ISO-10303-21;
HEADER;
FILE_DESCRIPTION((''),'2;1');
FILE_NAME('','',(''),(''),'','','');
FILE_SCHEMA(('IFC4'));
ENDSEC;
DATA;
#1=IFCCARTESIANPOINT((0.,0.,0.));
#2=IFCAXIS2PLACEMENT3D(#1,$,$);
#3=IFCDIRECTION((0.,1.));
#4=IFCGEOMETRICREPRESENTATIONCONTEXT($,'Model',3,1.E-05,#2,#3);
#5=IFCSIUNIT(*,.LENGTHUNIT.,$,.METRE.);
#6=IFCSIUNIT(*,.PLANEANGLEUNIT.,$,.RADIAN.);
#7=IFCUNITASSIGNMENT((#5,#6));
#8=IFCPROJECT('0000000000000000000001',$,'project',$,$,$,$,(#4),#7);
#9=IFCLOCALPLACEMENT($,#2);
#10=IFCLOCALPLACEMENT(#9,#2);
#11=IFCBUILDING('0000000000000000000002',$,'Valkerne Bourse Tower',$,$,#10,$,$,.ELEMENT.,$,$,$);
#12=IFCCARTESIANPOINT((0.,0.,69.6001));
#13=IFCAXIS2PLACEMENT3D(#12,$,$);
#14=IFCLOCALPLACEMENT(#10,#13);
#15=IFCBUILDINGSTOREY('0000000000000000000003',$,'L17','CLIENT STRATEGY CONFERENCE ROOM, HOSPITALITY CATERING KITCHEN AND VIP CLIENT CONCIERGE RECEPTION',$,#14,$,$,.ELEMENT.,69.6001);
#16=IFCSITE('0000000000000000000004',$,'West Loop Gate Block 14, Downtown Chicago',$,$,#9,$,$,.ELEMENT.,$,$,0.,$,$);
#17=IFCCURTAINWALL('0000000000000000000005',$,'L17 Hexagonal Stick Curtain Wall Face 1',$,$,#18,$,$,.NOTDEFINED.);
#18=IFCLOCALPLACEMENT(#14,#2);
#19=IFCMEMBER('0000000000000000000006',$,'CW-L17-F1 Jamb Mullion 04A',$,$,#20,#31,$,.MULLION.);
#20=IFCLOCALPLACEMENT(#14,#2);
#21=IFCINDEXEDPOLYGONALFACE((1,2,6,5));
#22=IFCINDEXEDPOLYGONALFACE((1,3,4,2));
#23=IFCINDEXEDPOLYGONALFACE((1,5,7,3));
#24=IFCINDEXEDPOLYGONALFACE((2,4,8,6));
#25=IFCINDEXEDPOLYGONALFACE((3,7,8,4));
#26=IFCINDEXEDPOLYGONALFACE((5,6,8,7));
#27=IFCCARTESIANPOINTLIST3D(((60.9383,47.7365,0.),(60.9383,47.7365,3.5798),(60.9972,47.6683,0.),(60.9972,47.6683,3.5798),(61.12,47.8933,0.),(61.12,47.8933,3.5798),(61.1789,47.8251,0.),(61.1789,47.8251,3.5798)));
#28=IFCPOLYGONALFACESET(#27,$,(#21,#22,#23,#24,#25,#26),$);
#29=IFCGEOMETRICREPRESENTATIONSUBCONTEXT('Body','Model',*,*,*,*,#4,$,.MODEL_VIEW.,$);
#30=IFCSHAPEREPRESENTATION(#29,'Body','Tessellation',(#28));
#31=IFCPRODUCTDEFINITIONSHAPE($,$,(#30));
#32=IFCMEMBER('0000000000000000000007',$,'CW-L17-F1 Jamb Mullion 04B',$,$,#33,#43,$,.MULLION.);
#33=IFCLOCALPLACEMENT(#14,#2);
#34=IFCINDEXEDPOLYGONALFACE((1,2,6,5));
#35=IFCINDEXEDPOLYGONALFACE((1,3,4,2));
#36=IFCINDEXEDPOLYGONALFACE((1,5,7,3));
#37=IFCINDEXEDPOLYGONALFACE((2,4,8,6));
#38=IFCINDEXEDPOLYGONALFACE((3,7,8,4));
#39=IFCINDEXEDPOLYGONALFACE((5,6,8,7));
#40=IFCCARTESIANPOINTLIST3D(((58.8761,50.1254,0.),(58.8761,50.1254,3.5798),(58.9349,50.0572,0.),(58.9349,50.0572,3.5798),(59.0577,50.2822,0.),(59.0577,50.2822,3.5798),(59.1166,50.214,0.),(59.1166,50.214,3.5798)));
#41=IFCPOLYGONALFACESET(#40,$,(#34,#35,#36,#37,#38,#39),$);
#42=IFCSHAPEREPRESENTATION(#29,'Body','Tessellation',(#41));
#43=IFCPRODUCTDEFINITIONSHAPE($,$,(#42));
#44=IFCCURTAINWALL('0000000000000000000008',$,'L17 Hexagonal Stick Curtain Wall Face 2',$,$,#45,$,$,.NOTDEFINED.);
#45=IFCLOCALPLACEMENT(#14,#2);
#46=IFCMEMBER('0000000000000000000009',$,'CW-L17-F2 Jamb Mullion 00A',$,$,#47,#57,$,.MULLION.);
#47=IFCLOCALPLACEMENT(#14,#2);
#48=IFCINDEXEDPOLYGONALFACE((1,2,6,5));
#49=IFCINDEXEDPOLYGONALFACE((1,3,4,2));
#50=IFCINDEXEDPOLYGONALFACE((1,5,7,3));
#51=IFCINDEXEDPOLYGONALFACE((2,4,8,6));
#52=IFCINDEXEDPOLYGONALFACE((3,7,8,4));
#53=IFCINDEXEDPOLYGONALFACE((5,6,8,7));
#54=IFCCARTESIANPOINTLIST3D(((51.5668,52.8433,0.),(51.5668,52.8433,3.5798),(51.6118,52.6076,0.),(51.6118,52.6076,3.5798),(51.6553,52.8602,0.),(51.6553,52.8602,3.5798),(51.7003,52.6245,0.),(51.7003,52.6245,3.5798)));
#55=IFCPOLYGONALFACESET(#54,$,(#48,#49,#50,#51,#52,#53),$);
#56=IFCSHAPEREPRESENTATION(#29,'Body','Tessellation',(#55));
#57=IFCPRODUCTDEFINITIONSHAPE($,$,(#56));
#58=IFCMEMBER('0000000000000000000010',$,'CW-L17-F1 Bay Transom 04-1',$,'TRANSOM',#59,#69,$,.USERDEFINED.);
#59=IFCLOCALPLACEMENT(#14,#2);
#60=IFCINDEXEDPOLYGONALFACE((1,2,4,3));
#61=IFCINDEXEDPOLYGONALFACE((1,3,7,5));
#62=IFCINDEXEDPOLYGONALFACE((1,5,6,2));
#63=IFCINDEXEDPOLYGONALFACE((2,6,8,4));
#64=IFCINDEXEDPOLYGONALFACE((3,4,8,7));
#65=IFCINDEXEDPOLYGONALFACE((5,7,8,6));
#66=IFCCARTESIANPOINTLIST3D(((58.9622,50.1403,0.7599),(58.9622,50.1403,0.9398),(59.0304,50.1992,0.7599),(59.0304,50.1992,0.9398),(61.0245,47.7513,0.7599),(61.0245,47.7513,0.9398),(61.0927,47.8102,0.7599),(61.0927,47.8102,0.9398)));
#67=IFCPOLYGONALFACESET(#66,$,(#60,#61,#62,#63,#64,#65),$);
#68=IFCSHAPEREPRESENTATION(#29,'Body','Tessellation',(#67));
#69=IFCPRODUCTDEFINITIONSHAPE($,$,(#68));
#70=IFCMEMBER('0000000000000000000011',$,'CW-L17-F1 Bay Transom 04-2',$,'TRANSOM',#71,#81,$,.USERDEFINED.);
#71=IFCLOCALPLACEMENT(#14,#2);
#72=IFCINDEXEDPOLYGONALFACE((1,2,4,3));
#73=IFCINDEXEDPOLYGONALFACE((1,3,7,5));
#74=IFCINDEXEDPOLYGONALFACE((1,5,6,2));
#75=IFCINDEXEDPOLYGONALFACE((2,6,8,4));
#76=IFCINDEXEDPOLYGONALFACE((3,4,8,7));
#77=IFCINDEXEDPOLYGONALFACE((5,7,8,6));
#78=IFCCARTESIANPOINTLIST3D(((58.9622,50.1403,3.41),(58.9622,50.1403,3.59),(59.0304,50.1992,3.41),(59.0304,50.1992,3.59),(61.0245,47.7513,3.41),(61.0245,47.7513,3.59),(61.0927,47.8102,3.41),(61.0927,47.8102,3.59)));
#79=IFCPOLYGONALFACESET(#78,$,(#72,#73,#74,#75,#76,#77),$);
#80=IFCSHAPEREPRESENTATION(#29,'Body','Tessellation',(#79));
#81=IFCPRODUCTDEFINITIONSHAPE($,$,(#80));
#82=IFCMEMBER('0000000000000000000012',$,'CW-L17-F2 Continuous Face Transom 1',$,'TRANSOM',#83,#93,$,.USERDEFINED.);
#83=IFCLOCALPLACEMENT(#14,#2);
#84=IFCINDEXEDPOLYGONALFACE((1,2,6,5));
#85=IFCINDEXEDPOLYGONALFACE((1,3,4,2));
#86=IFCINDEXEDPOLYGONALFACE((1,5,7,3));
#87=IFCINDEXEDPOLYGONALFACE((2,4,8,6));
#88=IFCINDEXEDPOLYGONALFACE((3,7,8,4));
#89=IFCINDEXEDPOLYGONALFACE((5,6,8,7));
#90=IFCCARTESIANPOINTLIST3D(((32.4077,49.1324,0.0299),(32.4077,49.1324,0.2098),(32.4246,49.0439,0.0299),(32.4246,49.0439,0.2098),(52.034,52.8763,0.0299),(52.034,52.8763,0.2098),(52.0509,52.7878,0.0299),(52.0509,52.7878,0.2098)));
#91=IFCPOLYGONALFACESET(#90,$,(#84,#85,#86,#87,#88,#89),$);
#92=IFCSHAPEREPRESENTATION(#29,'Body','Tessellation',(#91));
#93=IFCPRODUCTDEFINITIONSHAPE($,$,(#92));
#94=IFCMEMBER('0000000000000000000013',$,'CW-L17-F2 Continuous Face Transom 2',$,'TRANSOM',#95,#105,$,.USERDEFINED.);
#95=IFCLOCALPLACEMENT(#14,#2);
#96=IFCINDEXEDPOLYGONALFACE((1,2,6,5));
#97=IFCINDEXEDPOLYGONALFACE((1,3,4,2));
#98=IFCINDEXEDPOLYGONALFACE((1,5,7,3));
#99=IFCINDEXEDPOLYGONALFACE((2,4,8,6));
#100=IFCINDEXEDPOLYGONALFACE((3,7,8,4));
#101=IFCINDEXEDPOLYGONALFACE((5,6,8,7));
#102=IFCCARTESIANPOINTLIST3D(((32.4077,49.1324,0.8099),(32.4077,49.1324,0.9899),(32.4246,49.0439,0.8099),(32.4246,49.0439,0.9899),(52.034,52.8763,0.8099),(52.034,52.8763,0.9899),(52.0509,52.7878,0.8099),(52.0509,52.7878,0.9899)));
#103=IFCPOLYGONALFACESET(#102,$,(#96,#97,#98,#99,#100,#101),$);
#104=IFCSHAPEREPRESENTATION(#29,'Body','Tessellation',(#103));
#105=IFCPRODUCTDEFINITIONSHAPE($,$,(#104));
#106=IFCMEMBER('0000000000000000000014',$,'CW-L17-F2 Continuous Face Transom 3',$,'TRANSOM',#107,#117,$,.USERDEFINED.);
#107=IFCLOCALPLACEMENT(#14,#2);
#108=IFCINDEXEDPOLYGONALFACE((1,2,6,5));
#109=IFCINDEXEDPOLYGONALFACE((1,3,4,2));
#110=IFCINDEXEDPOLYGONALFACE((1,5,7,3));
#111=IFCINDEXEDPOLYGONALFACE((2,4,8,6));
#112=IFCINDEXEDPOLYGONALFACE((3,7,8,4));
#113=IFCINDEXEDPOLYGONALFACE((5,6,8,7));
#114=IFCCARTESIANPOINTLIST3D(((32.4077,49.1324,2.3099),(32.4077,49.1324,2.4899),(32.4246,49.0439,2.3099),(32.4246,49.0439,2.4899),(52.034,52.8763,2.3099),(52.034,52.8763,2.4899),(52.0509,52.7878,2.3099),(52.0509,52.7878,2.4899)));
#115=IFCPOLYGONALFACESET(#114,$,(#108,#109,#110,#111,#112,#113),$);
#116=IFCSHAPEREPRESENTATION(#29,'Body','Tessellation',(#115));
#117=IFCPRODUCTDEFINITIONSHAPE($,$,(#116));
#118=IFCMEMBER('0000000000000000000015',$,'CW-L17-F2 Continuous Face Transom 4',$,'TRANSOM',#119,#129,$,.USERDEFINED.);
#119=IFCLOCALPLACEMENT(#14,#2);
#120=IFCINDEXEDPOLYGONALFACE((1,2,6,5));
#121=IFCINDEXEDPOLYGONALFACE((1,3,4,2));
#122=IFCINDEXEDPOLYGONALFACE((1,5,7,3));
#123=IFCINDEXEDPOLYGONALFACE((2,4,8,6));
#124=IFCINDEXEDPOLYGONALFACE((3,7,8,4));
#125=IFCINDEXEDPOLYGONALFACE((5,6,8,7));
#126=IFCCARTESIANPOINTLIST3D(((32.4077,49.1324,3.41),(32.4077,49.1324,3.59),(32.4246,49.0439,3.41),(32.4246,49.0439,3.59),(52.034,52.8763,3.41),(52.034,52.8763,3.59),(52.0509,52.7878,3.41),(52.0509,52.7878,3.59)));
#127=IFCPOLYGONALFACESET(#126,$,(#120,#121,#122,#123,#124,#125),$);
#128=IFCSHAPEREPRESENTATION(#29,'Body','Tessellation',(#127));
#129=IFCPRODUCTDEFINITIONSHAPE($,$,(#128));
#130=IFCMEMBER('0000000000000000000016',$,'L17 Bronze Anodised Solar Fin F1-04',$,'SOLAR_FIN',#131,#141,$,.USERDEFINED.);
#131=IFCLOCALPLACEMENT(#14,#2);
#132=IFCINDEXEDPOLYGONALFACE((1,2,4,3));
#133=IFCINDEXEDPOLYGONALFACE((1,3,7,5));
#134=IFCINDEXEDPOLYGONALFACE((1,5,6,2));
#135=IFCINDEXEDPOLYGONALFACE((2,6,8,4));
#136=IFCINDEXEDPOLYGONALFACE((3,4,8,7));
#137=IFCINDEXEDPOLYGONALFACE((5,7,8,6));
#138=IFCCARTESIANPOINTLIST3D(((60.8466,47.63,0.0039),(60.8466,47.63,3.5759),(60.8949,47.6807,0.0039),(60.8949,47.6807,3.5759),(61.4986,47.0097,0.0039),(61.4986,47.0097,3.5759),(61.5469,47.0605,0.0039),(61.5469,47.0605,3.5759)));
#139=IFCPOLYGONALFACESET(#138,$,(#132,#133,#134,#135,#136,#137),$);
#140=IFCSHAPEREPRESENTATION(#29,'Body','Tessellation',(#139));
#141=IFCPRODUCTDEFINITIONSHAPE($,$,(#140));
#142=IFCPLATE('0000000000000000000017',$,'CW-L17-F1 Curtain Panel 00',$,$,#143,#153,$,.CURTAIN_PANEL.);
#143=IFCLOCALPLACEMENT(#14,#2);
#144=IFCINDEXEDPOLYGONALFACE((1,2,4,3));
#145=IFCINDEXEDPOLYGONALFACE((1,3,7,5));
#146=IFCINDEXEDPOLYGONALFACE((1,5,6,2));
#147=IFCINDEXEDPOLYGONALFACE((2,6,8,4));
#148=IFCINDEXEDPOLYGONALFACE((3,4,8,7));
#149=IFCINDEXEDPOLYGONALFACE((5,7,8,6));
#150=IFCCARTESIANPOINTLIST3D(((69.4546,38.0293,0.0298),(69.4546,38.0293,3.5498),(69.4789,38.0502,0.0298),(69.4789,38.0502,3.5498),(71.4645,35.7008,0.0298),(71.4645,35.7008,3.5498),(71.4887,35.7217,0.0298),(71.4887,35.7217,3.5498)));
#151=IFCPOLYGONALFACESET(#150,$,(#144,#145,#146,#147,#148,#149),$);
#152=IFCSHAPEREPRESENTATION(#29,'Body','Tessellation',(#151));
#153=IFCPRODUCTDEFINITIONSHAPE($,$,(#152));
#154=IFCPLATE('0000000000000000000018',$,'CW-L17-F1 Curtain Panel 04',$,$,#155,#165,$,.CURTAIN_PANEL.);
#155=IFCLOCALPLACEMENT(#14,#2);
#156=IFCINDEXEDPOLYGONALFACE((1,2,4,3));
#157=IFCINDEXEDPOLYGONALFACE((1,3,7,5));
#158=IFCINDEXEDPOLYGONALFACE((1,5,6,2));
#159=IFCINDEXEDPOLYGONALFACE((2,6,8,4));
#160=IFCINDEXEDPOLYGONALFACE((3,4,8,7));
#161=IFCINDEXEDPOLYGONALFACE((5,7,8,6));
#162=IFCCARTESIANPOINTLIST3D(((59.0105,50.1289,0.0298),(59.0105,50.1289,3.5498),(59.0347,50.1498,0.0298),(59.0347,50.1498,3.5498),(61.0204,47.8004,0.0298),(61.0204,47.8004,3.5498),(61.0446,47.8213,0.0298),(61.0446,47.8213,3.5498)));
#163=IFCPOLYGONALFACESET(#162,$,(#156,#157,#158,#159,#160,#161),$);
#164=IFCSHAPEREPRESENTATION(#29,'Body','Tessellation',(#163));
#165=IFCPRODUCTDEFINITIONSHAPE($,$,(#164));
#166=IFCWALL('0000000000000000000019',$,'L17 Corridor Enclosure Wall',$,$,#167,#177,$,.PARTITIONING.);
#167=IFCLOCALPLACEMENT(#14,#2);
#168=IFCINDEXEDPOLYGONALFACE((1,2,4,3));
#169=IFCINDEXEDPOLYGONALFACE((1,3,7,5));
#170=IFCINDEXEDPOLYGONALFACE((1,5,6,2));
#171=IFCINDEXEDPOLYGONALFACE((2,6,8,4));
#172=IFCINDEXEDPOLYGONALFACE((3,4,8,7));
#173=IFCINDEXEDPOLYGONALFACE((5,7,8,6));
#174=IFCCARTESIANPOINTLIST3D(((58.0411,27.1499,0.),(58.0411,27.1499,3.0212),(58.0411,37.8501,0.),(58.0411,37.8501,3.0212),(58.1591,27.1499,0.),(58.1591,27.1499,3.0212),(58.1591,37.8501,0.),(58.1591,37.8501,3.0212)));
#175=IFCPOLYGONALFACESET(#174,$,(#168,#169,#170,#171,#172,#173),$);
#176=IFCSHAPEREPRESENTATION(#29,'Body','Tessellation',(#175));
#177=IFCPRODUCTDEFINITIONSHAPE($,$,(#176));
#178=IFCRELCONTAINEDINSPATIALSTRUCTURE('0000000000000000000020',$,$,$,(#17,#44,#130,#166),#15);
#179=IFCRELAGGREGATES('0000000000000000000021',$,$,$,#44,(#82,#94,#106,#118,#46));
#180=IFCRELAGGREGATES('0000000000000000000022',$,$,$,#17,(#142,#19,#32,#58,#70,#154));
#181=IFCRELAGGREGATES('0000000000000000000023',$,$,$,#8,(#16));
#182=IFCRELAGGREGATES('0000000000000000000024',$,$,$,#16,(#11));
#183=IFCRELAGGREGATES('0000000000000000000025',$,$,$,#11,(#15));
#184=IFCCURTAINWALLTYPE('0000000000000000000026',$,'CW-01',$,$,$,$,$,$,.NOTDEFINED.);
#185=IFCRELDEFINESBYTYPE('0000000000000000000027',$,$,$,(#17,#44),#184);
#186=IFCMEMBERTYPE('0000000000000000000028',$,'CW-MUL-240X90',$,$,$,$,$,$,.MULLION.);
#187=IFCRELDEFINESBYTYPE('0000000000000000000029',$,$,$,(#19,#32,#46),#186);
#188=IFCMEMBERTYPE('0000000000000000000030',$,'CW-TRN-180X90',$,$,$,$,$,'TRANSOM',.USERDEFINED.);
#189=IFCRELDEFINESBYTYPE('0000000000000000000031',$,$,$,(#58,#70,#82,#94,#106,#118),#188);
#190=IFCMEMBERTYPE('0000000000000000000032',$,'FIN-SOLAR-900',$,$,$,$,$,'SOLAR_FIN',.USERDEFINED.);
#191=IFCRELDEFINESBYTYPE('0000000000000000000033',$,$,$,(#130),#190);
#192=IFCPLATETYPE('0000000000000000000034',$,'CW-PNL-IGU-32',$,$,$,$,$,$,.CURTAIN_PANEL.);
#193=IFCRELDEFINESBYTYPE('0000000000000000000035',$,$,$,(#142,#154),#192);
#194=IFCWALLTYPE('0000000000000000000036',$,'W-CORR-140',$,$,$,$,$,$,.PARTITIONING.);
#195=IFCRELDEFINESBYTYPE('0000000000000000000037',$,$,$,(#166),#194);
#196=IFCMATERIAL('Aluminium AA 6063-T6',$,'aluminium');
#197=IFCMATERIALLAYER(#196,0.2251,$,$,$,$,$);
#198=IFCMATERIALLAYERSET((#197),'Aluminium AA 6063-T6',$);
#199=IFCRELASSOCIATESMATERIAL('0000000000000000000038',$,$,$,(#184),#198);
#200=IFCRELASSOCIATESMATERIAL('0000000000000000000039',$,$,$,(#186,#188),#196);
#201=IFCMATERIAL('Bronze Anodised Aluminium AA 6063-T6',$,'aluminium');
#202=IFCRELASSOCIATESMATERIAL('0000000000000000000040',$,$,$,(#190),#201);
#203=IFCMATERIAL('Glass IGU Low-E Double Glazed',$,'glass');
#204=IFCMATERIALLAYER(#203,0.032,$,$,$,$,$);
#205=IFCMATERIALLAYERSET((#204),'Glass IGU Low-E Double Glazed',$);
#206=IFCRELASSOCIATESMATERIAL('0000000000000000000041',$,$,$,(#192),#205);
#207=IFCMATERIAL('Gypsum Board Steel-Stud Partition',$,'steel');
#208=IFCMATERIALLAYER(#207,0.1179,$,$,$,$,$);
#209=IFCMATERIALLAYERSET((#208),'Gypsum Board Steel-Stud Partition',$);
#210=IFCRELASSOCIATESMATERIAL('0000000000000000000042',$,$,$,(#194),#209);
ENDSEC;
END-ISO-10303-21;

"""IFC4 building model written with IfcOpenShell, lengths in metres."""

from ifc_helpers import new_model, si_unit, direction, frame, frame_2d, origin, origin_2d, place, context, subcontext, project, spatial, rectangle, extrude, material, layer, layer_set, material_profile, profile_set, type_object, element, aggregate, save


model = new_model("IFC4")

# Units and contexts
model_context = context("Model", 3, precision=1e-05, world=origin(), true_north=direction((0.0, 1.0)))
body_context = subcontext(model_context, "Body", "Model", "MODEL_VIEW")
ifc_project = project(units=[si_unit("LENGTHUNIT", "METRE"), si_unit("PLANEANGLEUNIT", "RADIAN")], contexts=[model_context])

# Site, building, storey
site_placement = place(None, origin())
site = spatial("IfcSite", under=ifc_project, at=site_placement, Name="West Loop Gate Block 14, Downtown Chicago", CompositionType="ELEMENT", RefElevation=0.0)
building_placement = place(site_placement, origin())
building = spatial("IfcBuilding", under=site, at=building_placement, Name="Valkerne Bourse Tower", CompositionType="ELEMENT")
storey_placement = place(building_placement, frame((0.0, 0.0, 69.6001)))
storey = spatial("IfcBuildingStorey", under=building, at=storey_placement, Name="L17", Description="CLIENT STRATEGY CONFERENCE ROOM, HOSPITALITY CATERING KITCHEN AND VIP CLIENT CONCIERGE RECEPTION", CompositionType="ELEMENT", Elevation=69.6001)

# Curtain wall, members
ifc_material_1 = material(Name="Aluminium AA 6063-T6", Category="aluminium")
ifc_layer_1 = layer(ifc_material_1, 0.2251)
ifc_layer_set_1 = layer_set([ifc_layer_1], Name="Aluminium AA 6063-T6")
curtain_wall_type = type_object("IfcCurtainWallType", Name="CW-01", PredefinedType="NOTDEFINED", material=ifc_layer_set_1)
curtain_wall_1_placement = place(storey_placement, origin())
curtain_wall_1 = element("IfcCurtainWall", 1, at=curtain_wall_1_placement, inside=storey, type_object=curtain_wall_type, Name="L17 Hexagonal Stick Curtain Wall Face 1", PredefinedType="NOTDEFINED")
ifc_material_profile_1 = material_profile(ifc_material_1, rectangle(XDim=0.0901, YDim=0.24, at=origin_2d()), Name="CWM-90X240")
ifc_profile_set_1 = profile_set([ifc_material_profile_1], Name="Aluminium AA 6063-T6")
member_type_1 = type_object("IfcMemberType", Name="CW-MUL-240X90", PredefinedType="MULLION", material=ifc_profile_set_1)
member_1_placement = place(storey_placement, frame((61.0586, 47.7808, 0.0), z_axis=(0.0, 0.0, 1.0), x_axis=(-0.653432, 0.756986, 0.0)))
member_1 = element("IfcMember", 2, at=member_1_placement, type_object=member_type_1, Name="CW-L17-F1 Jamb Mullion 04A", PredefinedType="MULLION", context=body_context, shape_type="SweptSolid", body=[
    extrude(rectangle(XDim=0.0901, YDim=0.24, at=origin_2d()), origin(), (0.0, 0.0, 1.0), 3.5798),
])
member_2_placement = place(storey_placement, frame((58.9963, 50.1697, 0.0), z_axis=(0.0, 0.0, 1.0), x_axis=(-0.653432, 0.756986, 0.0)))
member_2 = element("IfcMember", 3, at=member_2_placement, type_object=member_type_1, Name="CW-L17-F1 Jamb Mullion 04B", PredefinedType="MULLION", context=body_context, shape_type="SweptSolid", body=[
    extrude(rectangle(XDim=0.0901, YDim=0.24, at=origin_2d()), origin(), (0.0, 0.0, 1.0), 3.5798),
])

# Curtain wall, member
curtain_wall_2_placement = place(storey_placement, origin())
curtain_wall_2 = element("IfcCurtainWall", 4, at=curtain_wall_2_placement, inside=storey, type_object=curtain_wall_type, Name="L17 Hexagonal Stick Curtain Wall Face 2", PredefinedType="NOTDEFINED")
member_3_placement = place(storey_placement, frame((51.6335, 52.7339, 0.0), z_axis=(0.0, 0.0, 1.0), x_axis=(-0.982287, -0.187383, 0.0)))
member_3 = element("IfcMember", 5, at=member_3_placement, type_object=member_type_1, Name="CW-L17-F2 Jamb Mullion 00A", PredefinedType="MULLION", context=body_context, shape_type="SweptSolid", body=[
    extrude(rectangle(XDim=0.0901, YDim=0.24, at=origin_2d()), origin(), (0.0, 0.0, 1.0), 3.5798),
])

# Members
ifc_material_profile_2 = material_profile(ifc_material_1, rectangle(XDim=0.0901, YDim=0.1799, at=origin_2d()), Name="CWT-90X180")
ifc_profile_set_2 = profile_set([ifc_material_profile_2], Name="Aluminium AA 6063-T6")
member_type_2 = type_object("IfcMemberType", Name="CW-TRN-180X90", ElementType="TRANSOM", PredefinedType="USERDEFINED", material=ifc_profile_set_2)
member_4_placement = place(storey_placement, frame((61.0586, 47.7808, 0.8499), z_axis=(-0.653457, 0.756964, 0.0), x_axis=(-0.756964, -0.653457, 0.0)))
member_4 = element("IfcMember", 6, at=member_4_placement, type_object=member_type_2, Name="CW-L17-F1 Bay Transom 04-1", ObjectType="TRANSOM", PredefinedType="USERDEFINED", context=body_context, shape_type="SweptSolid", body=[
    extrude(rectangle(XDim=0.0901, YDim=0.1799, at=origin_2d()), origin(), (0.0, 0.0, 1.0), 3.156),
])
member_5_placement = place(storey_placement, frame((61.0586, 47.7808, 3.5), z_axis=(-0.653457, 0.756964, 0.0), x_axis=(-0.756964, -0.653457, 0.0)))
member_5 = element("IfcMember", 7, at=member_5_placement, type_object=member_type_2, Name="CW-L17-F1 Bay Transom 04-2", ObjectType="TRANSOM", PredefinedType="USERDEFINED", context=body_context, shape_type="SweptSolid", body=[
    extrude(rectangle(XDim=0.0901, YDim=0.1799, at=origin_2d()), origin(), (0.0, 0.0, 1.0), 3.156),
])
member_6_placement = place(storey_placement, frame((52.0425, 52.832, 0.1199), z_axis=(-0.982287, -0.187381, 0.0), x_axis=(0.187381, -0.982287, 0.0)))
member_6 = element("IfcMember", 8, at=member_6_placement, type_object=member_type_2, Name="CW-L17-F2 Continuous Face Transom 1", ObjectType="TRANSOM", PredefinedType="USERDEFINED", context=body_context, shape_type="SweptSolid", body=[
    extrude(rectangle(XDim=0.0901, YDim=0.1799, at=origin_2d()), origin(), (0.0, 0.0, 1.0), 19.9802),
])
member_7_placement = place(storey_placement, frame((52.0425, 52.832, 0.8999), z_axis=(-0.982287, -0.187381, 0.0), x_axis=(0.187381, -0.982287, 0.0)))
member_7 = element("IfcMember", 9, at=member_7_placement, type_object=member_type_2, Name="CW-L17-F2 Continuous Face Transom 2", ObjectType="TRANSOM", PredefinedType="USERDEFINED", context=body_context, shape_type="SweptSolid", body=[
    extrude(rectangle(XDim=0.0901, YDim=0.1799, at=origin_2d()), origin(), (0.0, 0.0, 1.0), 19.9802),
])
member_8_placement = place(storey_placement, frame((52.0425, 52.832, 2.3999), z_axis=(-0.982287, -0.187381, 0.0), x_axis=(0.187381, -0.982287, 0.0)))
member_8 = element("IfcMember", 10, at=member_8_placement, type_object=member_type_2, Name="CW-L17-F2 Continuous Face Transom 3", ObjectType="TRANSOM", PredefinedType="USERDEFINED", context=body_context, shape_type="SweptSolid", body=[
    extrude(rectangle(XDim=0.0901, YDim=0.1799, at=origin_2d()), origin(), (0.0, 0.0, 1.0), 19.9802),
])
member_9_placement = place(storey_placement, frame((52.0425, 52.832, 3.5), z_axis=(-0.982287, -0.187381, 0.0), x_axis=(0.187381, -0.982287, 0.0)))
member_9 = element("IfcMember", 11, at=member_9_placement, type_object=member_type_2, Name="CW-L17-F2 Continuous Face Transom 4", ObjectType="TRANSOM", PredefinedType="USERDEFINED", context=body_context, shape_type="SweptSolid", body=[
    extrude(rectangle(XDim=0.0901, YDim=0.1799, at=origin_2d()), origin(), (0.0, 0.0, 1.0), 19.9802),
])
aggregate(curtain_wall_2, [member_6, member_7, member_8, member_9, member_3])
ifc_material_2 = material(Name="Bronze Anodised Aluminium AA 6063-T6", Category="aluminium")
ifc_material_profile_3 = material_profile(ifc_material_2, rectangle(XDim=0.0701, YDim=0.8999, at=origin_2d()), Name="FIN-70X900")
ifc_profile_set_3 = profile_set([ifc_material_profile_3], Name="Bronze Anodised Aluminium AA 6063-T6")
member_type_3 = type_object("IfcMemberType", Name="FIN-SOLAR-900", ElementType="SOLAR_FIN", PredefinedType="USERDEFINED", material=ifc_profile_set_3)
member_10_placement = place(storey_placement, frame((61.1968, 47.3452, 0.0039), z_axis=(0.0, 0.0, 1.0), x_axis=(0.689267, 0.724508, 0.0)))
element("IfcMember", 12, at=member_10_placement, inside=storey, type_object=member_type_3, Name="L17 Bronze Anodised Solar Fin F1-04", ObjectType="SOLAR_FIN", PredefinedType="USERDEFINED", context=body_context, shape_type="SweptSolid", body=[
    extrude(rectangle(XDim=0.0701, YDim=0.8999, at=origin_2d()), origin(), (0.0, 0.0, 1.0), 3.572),
])

# Plates
ifc_material_3 = material(Name="Glass IGU Low-E Double Glazed", Category="glass")
ifc_layer_2 = layer(ifc_material_3, 0.032)
ifc_layer_set_2 = layer_set([ifc_layer_2], Name="Glass IGU Low-E Double Glazed")
plate_type = type_object("IfcPlateType", Name="CW-PNL-IGU-32", PredefinedType="CURTAIN_PANEL", material=ifc_layer_set_2)
plate_1_placement = place(storey_placement, frame((70.4717, 36.8755, 0.0298), z_axis=(0.0, 0.0, 1.0), x_axis=(-0.653417, 0.756998, 0.0)))
plate_1 = element("IfcPlate", 13, at=plate_1_placement, type_object=plate_type, Name="CW-L17-F1 Curtain Panel 00", PredefinedType="CURTAIN_PANEL", context=body_context, shape_type="SweptSolid", body=[
    extrude(rectangle(XDim=3.0759, YDim=0.032, at=origin_2d()), origin(), (0.0, 0.0, 1.0), 3.52),
])
plate_2_placement = place(storey_placement, frame((60.0276, 48.9751, 0.0298), z_axis=(0.0, 0.0, 1.0), x_axis=(-0.653432, 0.756986, 0.0)))
plate_2 = element("IfcPlate", 14, at=plate_2_placement, type_object=plate_type, Name="CW-L17-F1 Curtain Panel 04", PredefinedType="CURTAIN_PANEL", context=body_context, shape_type="SweptSolid", body=[
    extrude(rectangle(XDim=3.0759, YDim=0.032, at=origin_2d()), origin(), (0.0, 0.0, 1.0), 3.52),
])
aggregate(curtain_wall_1, [plate_1, member_1, member_2, member_4, member_5, plate_2])

# Wall
ifc_material_4 = material(Name="Gypsum Board Steel-Stud Partition", Category="steel")
ifc_layer_3 = layer(ifc_material_4, 0.1179)
ifc_layer_set_3 = layer_set([ifc_layer_3], Name="Gypsum Board Steel-Stud Partition")
wall_type_1 = type_object("IfcWallType", Name="W-CORR-140", PredefinedType="PARTITIONING", material=ifc_layer_set_3)
wall_1_placement = place(storey_placement, frame((58.1001, 37.8501, 0.0), z_axis=(0.0, 0.0, 1.0), x_axis=(0.0, -1.0, 0.0)))
element("IfcWall", 15, at=wall_1_placement, inside=storey, type_object=wall_type_1, Name="L17 Corridor Enclosure Wall", PredefinedType="PARTITIONING", context=body_context, shape_type="SweptSolid", body=[
    extrude(rectangle(XDim=10.7002, YDim=0.1179, at=frame_2d((5.3501, 0.0))), origin(), (0.0, 0.0, 1.0), 3.0212),
])

save(model, "model.ifc")
